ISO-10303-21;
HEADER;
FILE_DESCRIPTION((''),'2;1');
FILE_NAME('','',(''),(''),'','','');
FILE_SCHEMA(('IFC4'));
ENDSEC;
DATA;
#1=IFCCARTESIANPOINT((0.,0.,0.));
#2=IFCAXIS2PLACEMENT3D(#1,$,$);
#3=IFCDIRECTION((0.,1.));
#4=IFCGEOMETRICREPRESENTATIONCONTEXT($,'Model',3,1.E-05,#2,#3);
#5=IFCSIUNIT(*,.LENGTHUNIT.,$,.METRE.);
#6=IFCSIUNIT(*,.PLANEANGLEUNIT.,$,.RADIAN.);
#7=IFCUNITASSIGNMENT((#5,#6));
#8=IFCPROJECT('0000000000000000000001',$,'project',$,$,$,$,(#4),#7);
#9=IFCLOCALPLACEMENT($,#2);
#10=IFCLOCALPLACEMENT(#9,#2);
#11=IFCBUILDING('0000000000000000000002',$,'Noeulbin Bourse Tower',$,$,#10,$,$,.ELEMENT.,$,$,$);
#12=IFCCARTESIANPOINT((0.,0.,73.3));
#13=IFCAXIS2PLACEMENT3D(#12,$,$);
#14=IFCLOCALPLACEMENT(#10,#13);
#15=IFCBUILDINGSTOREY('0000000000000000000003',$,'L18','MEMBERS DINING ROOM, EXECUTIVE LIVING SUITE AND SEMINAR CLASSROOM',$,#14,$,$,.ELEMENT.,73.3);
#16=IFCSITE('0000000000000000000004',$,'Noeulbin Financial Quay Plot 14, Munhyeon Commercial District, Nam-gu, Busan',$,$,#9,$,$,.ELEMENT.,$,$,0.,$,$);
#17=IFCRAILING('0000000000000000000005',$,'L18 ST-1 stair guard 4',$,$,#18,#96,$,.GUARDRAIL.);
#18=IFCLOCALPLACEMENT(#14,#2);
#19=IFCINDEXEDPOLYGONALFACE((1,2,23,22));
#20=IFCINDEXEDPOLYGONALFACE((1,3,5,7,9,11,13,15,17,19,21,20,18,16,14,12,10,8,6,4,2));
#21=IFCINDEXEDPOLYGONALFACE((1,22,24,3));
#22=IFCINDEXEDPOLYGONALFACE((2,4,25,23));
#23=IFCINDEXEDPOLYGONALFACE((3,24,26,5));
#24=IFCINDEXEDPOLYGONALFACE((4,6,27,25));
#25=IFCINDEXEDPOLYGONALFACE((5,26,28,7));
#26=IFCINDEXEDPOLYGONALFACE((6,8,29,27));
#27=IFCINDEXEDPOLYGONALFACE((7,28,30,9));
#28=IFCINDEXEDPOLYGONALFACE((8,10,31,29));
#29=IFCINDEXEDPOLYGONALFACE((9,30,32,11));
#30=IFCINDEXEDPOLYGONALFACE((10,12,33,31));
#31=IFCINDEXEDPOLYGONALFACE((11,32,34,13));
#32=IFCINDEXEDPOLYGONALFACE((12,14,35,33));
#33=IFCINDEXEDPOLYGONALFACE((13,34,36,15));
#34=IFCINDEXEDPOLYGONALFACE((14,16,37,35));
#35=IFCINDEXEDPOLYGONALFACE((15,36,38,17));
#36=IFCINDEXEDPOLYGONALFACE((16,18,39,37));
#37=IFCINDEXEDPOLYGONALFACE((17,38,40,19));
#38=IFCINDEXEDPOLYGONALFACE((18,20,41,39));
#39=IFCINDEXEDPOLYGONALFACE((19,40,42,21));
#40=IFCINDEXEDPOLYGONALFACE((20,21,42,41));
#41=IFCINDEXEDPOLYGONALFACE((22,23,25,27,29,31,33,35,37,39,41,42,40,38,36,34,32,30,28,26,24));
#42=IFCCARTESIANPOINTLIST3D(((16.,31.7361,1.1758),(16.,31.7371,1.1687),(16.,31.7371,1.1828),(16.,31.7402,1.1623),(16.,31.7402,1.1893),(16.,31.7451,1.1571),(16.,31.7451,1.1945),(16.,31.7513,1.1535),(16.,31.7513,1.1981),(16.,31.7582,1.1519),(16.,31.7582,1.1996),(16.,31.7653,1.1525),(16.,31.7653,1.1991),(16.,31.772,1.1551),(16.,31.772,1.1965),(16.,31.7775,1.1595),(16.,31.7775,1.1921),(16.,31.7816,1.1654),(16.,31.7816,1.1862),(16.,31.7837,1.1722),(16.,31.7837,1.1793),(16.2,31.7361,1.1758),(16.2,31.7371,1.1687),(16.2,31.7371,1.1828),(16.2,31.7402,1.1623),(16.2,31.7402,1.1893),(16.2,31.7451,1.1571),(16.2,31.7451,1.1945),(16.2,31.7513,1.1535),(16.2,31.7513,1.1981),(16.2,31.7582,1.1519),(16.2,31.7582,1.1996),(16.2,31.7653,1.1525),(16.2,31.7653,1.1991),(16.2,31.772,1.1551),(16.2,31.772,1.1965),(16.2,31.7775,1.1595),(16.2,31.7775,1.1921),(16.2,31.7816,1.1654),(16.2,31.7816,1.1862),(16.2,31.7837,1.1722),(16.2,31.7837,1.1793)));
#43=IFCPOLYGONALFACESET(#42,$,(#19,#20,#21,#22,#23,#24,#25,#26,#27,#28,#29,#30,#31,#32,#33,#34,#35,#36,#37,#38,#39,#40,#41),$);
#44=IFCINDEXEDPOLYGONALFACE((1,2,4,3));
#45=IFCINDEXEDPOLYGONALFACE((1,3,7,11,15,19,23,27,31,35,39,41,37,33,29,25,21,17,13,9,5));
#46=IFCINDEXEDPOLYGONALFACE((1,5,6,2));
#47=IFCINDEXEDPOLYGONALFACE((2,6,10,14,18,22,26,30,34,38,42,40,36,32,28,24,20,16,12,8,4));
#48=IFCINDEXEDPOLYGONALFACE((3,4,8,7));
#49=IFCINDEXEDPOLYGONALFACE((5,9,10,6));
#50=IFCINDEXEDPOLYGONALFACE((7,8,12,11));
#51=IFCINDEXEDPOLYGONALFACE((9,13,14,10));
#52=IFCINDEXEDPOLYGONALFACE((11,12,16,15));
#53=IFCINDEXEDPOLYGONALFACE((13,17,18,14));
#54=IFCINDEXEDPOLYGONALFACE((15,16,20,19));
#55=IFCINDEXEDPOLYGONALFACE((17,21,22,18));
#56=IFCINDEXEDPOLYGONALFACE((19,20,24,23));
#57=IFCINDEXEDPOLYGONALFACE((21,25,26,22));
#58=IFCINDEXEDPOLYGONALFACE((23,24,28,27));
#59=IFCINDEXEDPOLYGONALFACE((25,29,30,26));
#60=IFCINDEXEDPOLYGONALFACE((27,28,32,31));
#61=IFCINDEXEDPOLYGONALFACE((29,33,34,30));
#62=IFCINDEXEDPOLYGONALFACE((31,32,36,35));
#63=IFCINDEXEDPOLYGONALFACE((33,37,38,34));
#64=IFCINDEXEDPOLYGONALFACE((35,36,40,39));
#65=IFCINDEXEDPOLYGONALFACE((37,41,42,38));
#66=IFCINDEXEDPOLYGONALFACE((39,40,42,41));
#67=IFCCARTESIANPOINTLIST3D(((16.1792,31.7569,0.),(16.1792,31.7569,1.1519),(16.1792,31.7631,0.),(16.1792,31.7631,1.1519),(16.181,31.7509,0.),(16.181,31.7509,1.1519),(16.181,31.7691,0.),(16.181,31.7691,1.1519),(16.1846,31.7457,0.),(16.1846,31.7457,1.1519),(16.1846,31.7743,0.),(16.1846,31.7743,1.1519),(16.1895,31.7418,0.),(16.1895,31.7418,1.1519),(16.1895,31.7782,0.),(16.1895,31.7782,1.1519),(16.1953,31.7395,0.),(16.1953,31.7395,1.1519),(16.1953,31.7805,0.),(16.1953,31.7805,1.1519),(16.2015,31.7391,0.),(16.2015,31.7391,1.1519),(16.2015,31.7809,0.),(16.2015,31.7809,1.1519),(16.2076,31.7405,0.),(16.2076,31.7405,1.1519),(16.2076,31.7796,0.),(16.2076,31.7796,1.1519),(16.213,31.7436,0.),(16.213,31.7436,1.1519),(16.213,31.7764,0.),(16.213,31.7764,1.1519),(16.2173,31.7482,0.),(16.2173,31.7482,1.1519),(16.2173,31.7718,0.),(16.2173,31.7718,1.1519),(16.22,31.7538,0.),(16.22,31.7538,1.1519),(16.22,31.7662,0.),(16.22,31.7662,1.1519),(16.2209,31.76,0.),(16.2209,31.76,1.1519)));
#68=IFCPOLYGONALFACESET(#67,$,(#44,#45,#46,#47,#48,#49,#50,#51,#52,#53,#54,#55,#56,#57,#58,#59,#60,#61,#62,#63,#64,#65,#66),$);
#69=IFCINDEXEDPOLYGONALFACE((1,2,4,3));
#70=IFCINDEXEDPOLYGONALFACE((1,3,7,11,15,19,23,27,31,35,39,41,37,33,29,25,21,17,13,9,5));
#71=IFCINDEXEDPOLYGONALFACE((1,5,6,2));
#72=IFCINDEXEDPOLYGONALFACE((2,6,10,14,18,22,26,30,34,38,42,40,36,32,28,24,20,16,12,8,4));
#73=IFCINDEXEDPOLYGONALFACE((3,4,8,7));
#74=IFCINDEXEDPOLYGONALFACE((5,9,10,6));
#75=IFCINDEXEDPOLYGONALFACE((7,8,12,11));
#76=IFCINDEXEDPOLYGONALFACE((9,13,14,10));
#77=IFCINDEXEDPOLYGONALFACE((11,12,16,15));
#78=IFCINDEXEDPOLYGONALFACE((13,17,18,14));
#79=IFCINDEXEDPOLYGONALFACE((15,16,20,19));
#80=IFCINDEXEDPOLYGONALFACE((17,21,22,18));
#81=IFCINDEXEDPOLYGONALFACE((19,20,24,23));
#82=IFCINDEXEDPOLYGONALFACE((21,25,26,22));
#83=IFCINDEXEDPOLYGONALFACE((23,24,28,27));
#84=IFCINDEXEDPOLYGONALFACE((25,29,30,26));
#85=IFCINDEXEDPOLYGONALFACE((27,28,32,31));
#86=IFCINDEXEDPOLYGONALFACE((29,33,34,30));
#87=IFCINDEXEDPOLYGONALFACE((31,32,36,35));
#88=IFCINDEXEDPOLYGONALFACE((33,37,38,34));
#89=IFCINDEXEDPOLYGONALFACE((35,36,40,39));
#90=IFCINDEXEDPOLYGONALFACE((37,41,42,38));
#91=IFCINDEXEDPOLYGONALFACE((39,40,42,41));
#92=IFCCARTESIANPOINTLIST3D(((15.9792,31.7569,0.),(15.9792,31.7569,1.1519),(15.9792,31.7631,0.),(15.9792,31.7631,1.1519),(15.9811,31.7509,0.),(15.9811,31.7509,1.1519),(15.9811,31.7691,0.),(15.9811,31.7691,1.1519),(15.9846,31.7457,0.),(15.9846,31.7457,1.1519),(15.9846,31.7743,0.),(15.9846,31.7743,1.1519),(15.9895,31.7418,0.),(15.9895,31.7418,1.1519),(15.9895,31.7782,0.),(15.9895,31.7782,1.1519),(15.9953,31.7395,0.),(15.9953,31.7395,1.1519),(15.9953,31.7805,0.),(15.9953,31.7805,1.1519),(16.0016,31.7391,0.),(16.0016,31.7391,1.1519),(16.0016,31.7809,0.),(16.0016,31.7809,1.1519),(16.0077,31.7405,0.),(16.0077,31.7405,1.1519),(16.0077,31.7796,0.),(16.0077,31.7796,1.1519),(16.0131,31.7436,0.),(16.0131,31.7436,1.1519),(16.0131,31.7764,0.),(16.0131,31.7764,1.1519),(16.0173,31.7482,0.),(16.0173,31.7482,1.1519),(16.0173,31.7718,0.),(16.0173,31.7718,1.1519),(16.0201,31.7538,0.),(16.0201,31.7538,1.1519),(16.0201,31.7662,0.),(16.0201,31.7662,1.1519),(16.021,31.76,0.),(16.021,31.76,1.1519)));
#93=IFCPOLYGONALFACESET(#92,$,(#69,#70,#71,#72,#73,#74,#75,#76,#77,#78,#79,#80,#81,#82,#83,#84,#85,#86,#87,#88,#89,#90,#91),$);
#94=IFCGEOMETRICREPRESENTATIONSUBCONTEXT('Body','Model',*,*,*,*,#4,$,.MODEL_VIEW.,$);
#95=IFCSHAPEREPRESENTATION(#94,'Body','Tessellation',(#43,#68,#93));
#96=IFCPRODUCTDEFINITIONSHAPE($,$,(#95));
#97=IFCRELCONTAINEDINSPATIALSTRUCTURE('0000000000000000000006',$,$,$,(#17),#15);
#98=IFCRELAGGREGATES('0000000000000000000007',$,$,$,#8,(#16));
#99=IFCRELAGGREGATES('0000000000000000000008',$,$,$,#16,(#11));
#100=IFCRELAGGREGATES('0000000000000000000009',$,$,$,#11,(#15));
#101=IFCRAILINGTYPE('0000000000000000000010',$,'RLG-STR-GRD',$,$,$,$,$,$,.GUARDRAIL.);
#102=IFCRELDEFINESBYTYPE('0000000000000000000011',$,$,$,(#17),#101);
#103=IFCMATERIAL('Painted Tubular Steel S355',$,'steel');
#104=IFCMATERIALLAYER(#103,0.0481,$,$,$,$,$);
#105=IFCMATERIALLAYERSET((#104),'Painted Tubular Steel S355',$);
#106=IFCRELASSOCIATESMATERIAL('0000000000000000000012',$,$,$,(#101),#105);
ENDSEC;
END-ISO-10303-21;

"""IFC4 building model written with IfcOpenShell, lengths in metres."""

from ifc_helpers import new_model, si_unit, direction, frame, origin, origin_2d, place, context, subcontext, project, spatial, circle, extrude, material, layer, layer_set, type_object, element, save


model = new_model("IFC4")

# Units and contexts
model_context = context("Model", 3, precision=1e-05, world=origin(), true_north=direction((0.0, 1.0)))
body_context = subcontext(model_context, "Body", "Model", "MODEL_VIEW")
ifc_project = project(units=[si_unit("LENGTHUNIT", "METRE"), si_unit("PLANEANGLEUNIT", "RADIAN")], contexts=[model_context])

# Site, building, storey
site_placement = place(None, origin())
site = spatial("IfcSite", under=ifc_project, at=site_placement, Name="Noeulbin Financial Quay Plot 14, Munhyeon Commercial District, Nam-gu, Busan", CompositionType="ELEMENT", RefElevation=0.0)
building_placement = place(site_placement, origin())
building = spatial("IfcBuilding", under=site, at=building_placement, Name="Noeulbin Bourse Tower", CompositionType="ELEMENT")
storey_placement = place(building_placement, frame((0.0, 0.0, 73.3)))
storey = spatial("IfcBuildingStorey", under=building, at=storey_placement, Name="L18", Description="MEMBERS DINING ROOM, EXECUTIVE LIVING SUITE AND SEMINAR CLASSROOM", CompositionType="ELEMENT", Elevation=73.3)

# Railing
ifc_material_1 = material(Name="Painted Tubular Steel S355", Category="steel")
ifc_layer_1 = layer(ifc_material_1, 0.0481)
ifc_layer_set_1 = layer_set([ifc_layer_1], Name="Painted Tubular Steel S355")
railing_type_1 = type_object("IfcRailingType", Name="RLG-STR-GRD", PredefinedType="GUARDRAIL", material=ifc_layer_set_1)
railing_1_placement = place(storey_placement, frame((16.2, 31.76, 0.0)))
element("IfcRailing", 1, at=railing_1_placement, inside=storey, type_object=railing_type_1, Name="L18 ST-1 stair guard 4", PredefinedType="GUARDRAIL", context=body_context, shape_type="SweptSolid", body=[
    extrude(circle(Radius=0.0239, at=origin_2d()), frame((0.0, 0.0, 1.1758), z_axis=(-1.0, 0.0, 0.0), x_axis=(0.0, -1.0, 0.0)), (0.0, 0.0, 1.0), 0.2),
    extrude(circle(Radius=0.021, at=origin_2d()), origin(), (0.0, 0.0, 1.0), 1.1519),
    extrude(circle(Radius=0.021, at=origin_2d()), frame((-0.2, 0.0, 0.0)), (0.0, 0.0, 1.0), 1.1519),
])

save(model, "model.ifc")
